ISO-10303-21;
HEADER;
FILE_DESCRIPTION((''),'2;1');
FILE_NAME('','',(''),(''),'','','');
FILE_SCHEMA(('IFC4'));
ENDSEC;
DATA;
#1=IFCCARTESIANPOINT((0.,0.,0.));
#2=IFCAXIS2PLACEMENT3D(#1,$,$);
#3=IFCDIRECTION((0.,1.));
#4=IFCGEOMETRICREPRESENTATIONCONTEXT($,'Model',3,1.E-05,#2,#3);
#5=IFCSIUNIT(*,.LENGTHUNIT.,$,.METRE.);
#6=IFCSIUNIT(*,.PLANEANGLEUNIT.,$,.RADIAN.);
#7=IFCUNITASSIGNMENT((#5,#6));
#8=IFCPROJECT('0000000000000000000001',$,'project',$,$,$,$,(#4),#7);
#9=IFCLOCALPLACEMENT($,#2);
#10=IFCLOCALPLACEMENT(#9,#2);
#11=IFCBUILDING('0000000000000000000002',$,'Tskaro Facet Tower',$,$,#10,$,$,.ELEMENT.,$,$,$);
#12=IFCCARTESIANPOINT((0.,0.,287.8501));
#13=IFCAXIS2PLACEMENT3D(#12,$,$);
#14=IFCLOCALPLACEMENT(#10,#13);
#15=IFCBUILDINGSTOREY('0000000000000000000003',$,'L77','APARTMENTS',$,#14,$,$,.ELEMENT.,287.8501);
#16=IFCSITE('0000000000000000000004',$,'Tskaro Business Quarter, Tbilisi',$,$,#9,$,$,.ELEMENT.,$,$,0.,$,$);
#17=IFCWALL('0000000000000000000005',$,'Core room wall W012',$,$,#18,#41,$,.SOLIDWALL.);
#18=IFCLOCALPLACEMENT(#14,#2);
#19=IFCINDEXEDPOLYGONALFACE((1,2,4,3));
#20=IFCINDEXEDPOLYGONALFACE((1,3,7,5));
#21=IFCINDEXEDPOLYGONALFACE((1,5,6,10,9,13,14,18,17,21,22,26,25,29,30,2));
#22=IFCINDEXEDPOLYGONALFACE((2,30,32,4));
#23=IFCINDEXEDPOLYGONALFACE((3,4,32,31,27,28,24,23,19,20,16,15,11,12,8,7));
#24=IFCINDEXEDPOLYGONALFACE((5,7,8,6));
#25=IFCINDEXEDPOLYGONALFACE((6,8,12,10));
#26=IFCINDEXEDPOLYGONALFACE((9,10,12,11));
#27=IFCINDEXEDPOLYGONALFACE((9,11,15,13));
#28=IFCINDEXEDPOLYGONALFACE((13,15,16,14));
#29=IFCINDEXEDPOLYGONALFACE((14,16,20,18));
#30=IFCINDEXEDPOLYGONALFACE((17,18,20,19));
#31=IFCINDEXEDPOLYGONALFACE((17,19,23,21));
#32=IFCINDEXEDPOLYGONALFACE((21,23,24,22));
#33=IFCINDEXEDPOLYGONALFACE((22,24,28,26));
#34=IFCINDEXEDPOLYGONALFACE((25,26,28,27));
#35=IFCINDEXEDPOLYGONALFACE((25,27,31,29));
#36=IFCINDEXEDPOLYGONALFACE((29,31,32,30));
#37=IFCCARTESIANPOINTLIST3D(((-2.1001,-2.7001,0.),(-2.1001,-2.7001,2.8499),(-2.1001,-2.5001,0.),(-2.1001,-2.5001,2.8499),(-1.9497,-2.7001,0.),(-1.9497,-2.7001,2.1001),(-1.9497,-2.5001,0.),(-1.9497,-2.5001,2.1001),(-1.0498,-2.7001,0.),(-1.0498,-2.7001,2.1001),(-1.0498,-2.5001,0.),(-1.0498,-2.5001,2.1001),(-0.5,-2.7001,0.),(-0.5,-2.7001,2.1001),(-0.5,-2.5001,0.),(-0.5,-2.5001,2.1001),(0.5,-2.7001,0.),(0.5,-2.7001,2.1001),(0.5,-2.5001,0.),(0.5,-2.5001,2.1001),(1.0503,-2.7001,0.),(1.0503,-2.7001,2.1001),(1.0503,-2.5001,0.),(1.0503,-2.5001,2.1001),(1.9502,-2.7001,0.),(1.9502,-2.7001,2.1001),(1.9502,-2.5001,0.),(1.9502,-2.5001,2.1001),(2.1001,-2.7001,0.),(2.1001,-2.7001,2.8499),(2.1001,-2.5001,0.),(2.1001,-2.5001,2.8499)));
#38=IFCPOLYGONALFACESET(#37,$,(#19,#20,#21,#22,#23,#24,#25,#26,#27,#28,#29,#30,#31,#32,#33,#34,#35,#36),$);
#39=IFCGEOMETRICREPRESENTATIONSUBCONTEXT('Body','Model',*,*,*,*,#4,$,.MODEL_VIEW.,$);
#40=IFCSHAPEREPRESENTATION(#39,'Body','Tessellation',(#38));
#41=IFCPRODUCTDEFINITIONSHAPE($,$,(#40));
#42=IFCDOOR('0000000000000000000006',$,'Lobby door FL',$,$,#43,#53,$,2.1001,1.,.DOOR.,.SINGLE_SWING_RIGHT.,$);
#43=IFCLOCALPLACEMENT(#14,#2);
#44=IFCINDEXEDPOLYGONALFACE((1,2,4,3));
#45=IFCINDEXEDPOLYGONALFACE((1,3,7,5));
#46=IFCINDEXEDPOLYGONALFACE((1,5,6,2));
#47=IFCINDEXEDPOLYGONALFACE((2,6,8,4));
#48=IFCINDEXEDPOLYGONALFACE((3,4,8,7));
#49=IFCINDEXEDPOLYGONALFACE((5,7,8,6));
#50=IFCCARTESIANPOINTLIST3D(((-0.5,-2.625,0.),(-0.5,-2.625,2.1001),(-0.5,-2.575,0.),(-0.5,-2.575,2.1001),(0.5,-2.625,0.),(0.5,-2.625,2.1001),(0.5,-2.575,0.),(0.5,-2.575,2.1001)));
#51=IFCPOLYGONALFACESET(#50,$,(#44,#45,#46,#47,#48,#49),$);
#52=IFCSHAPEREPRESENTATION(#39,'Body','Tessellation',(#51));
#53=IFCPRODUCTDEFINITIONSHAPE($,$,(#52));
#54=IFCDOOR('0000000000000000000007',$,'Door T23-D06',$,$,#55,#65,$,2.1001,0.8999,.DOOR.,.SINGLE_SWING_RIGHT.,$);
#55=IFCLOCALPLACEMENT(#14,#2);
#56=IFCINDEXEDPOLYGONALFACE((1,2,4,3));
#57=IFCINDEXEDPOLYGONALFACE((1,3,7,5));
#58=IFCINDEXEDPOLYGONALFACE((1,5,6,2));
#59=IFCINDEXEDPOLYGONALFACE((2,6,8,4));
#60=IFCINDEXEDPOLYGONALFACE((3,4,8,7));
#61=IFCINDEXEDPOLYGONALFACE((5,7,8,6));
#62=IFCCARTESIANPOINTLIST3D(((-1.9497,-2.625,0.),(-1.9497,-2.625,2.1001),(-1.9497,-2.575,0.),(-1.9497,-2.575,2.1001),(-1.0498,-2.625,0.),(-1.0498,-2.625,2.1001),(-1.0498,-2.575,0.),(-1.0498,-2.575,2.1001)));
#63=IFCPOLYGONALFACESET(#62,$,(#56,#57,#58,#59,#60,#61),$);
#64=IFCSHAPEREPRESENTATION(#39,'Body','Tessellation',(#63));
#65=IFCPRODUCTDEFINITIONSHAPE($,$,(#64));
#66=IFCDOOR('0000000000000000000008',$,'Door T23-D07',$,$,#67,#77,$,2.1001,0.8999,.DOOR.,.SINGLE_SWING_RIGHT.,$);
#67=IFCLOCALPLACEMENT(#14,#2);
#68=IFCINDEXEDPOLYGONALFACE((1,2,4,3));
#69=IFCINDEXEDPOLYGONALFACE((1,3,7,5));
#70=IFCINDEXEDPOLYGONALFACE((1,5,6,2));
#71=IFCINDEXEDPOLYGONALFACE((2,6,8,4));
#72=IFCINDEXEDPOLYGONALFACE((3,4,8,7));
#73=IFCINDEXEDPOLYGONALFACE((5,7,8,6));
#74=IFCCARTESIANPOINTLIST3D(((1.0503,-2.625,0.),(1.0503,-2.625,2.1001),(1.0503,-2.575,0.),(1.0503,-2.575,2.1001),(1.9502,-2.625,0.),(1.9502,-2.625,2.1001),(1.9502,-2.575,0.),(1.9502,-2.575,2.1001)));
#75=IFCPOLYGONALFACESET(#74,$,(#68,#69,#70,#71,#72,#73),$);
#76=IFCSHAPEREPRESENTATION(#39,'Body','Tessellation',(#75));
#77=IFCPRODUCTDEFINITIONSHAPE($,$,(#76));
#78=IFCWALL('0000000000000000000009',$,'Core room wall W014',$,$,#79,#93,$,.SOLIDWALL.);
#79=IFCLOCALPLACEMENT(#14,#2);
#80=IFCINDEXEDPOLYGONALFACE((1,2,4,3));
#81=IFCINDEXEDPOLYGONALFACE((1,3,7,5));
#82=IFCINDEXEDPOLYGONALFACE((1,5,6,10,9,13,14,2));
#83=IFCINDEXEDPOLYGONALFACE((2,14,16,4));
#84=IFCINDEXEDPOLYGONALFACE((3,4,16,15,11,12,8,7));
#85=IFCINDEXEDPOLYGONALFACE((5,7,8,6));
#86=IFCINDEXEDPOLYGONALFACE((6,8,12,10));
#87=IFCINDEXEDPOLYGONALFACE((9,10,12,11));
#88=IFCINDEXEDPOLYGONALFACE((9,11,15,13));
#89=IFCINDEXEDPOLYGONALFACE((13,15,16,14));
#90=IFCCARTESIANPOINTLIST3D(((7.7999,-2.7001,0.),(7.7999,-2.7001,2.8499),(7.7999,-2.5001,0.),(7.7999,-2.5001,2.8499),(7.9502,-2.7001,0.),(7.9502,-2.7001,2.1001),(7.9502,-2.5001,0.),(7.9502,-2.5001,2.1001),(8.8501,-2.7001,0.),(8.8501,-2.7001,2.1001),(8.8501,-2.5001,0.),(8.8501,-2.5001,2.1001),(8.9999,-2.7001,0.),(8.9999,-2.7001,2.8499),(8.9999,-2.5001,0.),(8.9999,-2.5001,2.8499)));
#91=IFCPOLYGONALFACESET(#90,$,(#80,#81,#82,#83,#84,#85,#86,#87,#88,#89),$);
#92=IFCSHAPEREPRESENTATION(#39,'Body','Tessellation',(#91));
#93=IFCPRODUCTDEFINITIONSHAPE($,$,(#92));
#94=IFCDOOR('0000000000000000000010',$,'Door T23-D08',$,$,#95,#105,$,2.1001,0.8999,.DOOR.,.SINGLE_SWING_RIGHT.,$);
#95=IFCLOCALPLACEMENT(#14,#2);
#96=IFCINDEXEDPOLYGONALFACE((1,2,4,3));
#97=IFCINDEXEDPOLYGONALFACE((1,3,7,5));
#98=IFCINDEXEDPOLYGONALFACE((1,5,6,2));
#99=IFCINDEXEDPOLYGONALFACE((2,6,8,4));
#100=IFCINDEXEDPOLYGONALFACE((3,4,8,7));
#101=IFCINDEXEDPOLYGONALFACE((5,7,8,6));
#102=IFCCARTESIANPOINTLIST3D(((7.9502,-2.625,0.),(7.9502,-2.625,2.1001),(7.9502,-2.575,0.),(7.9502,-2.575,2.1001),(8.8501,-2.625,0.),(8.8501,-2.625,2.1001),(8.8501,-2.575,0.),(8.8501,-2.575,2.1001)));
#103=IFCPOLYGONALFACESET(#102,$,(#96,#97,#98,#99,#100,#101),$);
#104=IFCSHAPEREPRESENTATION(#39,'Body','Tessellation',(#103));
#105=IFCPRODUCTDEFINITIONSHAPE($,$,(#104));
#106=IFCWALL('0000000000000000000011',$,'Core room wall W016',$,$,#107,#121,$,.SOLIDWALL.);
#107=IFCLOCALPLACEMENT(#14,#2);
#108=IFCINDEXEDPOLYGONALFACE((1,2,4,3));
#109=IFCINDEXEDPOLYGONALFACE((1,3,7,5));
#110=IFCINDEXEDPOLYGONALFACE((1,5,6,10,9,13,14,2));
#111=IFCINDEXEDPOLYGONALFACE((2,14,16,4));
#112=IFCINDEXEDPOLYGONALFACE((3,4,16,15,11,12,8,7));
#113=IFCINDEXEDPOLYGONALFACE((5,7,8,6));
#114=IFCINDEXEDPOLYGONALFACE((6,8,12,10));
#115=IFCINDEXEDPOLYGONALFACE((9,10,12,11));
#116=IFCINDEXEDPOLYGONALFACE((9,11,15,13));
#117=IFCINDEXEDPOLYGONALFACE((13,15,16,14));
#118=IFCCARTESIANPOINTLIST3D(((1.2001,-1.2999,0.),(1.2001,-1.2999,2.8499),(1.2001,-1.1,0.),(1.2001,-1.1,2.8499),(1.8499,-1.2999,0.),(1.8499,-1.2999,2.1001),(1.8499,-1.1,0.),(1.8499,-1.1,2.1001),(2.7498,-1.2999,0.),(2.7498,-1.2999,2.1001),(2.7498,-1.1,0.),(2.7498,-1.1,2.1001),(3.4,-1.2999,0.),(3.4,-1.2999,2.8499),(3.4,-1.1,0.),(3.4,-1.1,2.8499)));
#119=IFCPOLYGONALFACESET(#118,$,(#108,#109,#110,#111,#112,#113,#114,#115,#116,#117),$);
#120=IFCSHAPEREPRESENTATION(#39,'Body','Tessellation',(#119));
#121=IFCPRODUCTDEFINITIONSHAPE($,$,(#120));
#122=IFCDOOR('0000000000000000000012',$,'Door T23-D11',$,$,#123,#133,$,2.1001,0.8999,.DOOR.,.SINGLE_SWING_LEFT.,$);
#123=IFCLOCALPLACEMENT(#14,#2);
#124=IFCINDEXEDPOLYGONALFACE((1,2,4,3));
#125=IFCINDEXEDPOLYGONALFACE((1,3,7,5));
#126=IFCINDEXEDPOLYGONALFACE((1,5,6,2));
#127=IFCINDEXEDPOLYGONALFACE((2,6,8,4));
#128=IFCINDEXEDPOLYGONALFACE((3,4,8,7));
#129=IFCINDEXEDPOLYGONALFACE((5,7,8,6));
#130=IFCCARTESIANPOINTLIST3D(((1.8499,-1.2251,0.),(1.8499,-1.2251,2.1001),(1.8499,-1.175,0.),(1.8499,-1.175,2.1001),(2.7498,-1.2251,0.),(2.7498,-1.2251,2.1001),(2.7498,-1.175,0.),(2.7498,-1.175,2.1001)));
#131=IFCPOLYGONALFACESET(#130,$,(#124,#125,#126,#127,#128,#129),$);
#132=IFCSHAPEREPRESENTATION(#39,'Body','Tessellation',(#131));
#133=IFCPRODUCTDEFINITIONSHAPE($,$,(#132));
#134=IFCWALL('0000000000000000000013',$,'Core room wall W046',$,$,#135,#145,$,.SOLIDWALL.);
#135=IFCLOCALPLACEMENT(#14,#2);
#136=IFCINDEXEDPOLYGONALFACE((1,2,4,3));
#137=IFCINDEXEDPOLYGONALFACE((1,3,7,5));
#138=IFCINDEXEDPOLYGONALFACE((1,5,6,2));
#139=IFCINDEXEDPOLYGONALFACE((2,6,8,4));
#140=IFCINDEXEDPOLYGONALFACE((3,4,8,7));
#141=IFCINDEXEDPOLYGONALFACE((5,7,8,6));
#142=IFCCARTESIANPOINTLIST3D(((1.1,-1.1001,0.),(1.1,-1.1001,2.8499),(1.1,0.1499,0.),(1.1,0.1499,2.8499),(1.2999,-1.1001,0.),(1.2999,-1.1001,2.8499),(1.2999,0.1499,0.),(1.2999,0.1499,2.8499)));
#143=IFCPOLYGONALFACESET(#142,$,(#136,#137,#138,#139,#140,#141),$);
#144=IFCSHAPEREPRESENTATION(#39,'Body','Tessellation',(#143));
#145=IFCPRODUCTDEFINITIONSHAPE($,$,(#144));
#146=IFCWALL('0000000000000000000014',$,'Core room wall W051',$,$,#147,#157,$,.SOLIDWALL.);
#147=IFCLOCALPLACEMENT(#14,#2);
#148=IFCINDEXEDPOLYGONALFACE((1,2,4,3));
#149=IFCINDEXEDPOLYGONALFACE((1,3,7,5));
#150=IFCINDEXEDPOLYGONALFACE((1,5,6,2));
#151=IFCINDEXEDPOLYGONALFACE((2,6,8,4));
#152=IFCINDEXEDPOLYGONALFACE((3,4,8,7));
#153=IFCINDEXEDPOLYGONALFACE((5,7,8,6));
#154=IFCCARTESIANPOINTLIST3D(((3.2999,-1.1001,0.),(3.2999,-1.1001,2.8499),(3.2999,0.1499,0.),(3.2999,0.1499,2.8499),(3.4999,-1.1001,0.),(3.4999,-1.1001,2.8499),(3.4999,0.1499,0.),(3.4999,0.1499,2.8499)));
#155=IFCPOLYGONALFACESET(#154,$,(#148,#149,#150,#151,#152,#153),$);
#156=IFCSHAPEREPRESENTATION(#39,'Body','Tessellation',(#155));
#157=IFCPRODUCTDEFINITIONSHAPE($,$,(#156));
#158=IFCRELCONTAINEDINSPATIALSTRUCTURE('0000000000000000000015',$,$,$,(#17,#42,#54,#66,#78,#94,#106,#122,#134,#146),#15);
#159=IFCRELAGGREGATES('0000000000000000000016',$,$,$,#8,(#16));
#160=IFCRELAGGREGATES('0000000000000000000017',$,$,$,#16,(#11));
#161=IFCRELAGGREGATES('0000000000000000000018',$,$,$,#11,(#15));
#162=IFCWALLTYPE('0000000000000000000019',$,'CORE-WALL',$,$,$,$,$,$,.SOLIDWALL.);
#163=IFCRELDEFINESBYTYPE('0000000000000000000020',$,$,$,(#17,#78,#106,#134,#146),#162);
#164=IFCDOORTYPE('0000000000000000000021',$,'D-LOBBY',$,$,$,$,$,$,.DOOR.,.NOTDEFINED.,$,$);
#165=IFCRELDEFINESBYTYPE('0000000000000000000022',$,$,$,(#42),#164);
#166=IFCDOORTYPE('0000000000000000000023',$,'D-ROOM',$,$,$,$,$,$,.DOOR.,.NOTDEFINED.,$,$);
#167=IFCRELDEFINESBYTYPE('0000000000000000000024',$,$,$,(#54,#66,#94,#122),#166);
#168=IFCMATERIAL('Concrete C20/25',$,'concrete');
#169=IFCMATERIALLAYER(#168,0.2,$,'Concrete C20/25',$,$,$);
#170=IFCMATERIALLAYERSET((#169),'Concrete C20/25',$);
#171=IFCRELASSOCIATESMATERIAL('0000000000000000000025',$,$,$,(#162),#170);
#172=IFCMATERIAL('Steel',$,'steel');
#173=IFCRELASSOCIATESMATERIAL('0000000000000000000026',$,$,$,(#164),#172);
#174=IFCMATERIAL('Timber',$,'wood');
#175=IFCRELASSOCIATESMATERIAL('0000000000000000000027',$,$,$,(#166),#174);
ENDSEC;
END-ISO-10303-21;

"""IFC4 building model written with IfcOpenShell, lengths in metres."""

from ifc_helpers import new_model, si_unit, direction, frame, frame_2d, origin, place, context, subcontext, project, spatial, rectangle, extrude, material, layer, layer_set, type_object, element, fill, save


model = new_model("IFC4")

# Units and contexts
model_context = context("Model", 3, precision=1e-05, world=origin(), true_north=direction((0.0, 1.0)))
body_context = subcontext(model_context, "Body", "Model", "MODEL_VIEW")
ifc_project = project(units=[si_unit("LENGTHUNIT", "METRE"), si_unit("PLANEANGLEUNIT", "RADIAN")], contexts=[model_context])

# Site, building, storey
site_placement = place(None, origin())
site = spatial("IfcSite", under=ifc_project, at=site_placement, Name="Tskaro Business Quarter, Tbilisi", CompositionType="ELEMENT", RefElevation=0.0)
building_placement = place(site_placement, origin())
building = spatial("IfcBuilding", under=site, at=building_placement, Name="Tskaro Facet Tower", CompositionType="ELEMENT")
storey_placement = place(building_placement, frame((0.0, 0.0, 287.8501)))
storey = spatial("IfcBuildingStorey", under=building, at=storey_placement, Name="L77", Description="APARTMENTS", CompositionType="ELEMENT", Elevation=287.8501)

# Wall, openings, doors
ifc_material_1 = material(Name="Concrete C20/25", Category="concrete")
ifc_layer_1 = layer(ifc_material_1, 0.2, Name="Concrete C20/25")
ifc_layer_set_1 = layer_set([ifc_layer_1], Name="Concrete C20/25")
wall_type_1 = type_object("IfcWallType", Name="CORE-WALL", PredefinedType="SOLIDWALL", material=ifc_layer_set_1)
wall_1_placement = place(storey_placement, frame((2.1001, -2.6001, 0.0), z_axis=(0.0, 0.0, 1.0), x_axis=(-1.0, 0.0, 0.0)))
wall_1 = element("IfcWall", 1, at=wall_1_placement, inside=storey, type_object=wall_type_1, Name="Core room wall W012", PredefinedType="SOLIDWALL", context=body_context, shape_type="SweptSolid", body=[
    extrude(rectangle(XDim=4.2002, YDim=0.2, at=frame_2d((2.1001, 0.0))), origin(), (0.0, 0.0, 1.0), 2.8499),
])
opening_1_placement = place(wall_1_placement, frame((1.6001, 0.0, 0.0)))
opening_1 = element("IfcOpeningElement", 2, at=opening_1_placement, cuts=wall_1, PredefinedType="OPENING", context=body_context, shape_type="SweptSolid", body=[
    extrude(rectangle(XDim=1.0, YDim=2.1001, at=frame_2d((0.5, 1.05))), frame((0.0, 0.1099, 0.0), z_axis=(0.0, -1.0, 0.0), x_axis=(1.0, 0.0, 0.0)), (0.0, 0.0, 1.0), 0.22),
])
opening_2_placement = place(wall_1_placement, frame((3.1499, 0.0, 0.0)))
opening_2 = element("IfcOpeningElement", 3, at=opening_2_placement, cuts=wall_1, PredefinedType="OPENING", context=body_context, shape_type="SweptSolid", body=[
    extrude(rectangle(XDim=0.8999, YDim=2.1001, at=frame_2d((0.45, 1.05))), frame((0.0, 0.1099, 0.0), z_axis=(0.0, -1.0, 0.0), x_axis=(1.0, 0.0, 0.0)), (0.0, 0.0, 1.0), 0.22),
])
opening_3_placement = place(wall_1_placement, frame((0.1499, 0.0, 0.0)))
opening_3 = element("IfcOpeningElement", 4, at=opening_3_placement, cuts=wall_1, PredefinedType="OPENING", context=body_context, shape_type="SweptSolid", body=[
    extrude(rectangle(XDim=0.8999, YDim=2.1001, at=frame_2d((0.45, 1.05))), frame((0.0, 0.1099, 0.0), z_axis=(0.0, -1.0, 0.0), x_axis=(1.0, 0.0, 0.0)), (0.0, 0.0, 1.0), 0.22),
])
ifc_material_2 = material(Name="Steel", Category="steel")
door_type_1 = type_object("IfcDoorType", Name="D-LOBBY", OperationType="NOTDEFINED", PredefinedType="DOOR", material=ifc_material_2)
door_1_placement = place(opening_1_placement, origin())
door_1 = element("IfcDoor", 5, at=door_1_placement, inside=storey, type_object=door_type_1, Name="Lobby door FL", OperationType="SINGLE_SWING_RIGHT", OverallHeight=2.1001, OverallWidth=1.0, PredefinedType="DOOR", context=body_context, shape_type="SweptSolid", body=[
    extrude(rectangle(XDim=1.0, YDim=2.1001, at=frame_2d((0.5, 1.05))), frame((0.0, 0.0249, 0.0), z_axis=(0.0, -1.0, 0.0), x_axis=(1.0, 0.0, 0.0)), (0.0, 0.0, 1.0), 0.05),
])
fill(opening_1, door_1)
ifc_material_3 = material(Name="Timber", Category="wood")
door_type_2 = type_object("IfcDoorType", Name="D-ROOM", OperationType="NOTDEFINED", PredefinedType="DOOR", material=ifc_material_3)
door_2_placement = place(opening_2_placement, origin())
door_2 = element("IfcDoor", 6, at=door_2_placement, inside=storey, type_object=door_type_2, Name="Door T23-D06", OperationType="SINGLE_SWING_RIGHT", OverallHeight=2.1001, OverallWidth=0.8999, PredefinedType="DOOR", context=body_context, shape_type="SweptSolid", body=[
    extrude(rectangle(XDim=0.8999, YDim=2.1001, at=frame_2d((0.45, 1.05))), frame((0.0, 0.0249, 0.0), z_axis=(0.0, -1.0, 0.0), x_axis=(1.0, 0.0, 0.0)), (0.0, 0.0, 1.0), 0.05),
])
fill(opening_2, door_2)
door_3_placement = place(opening_3_placement, origin())
door_3 = element("IfcDoor", 7, at=door_3_placement, inside=storey, type_object=door_type_2, Name="Door T23-D07", OperationType="SINGLE_SWING_RIGHT", OverallHeight=2.1001, OverallWidth=0.8999, PredefinedType="DOOR", context=body_context, shape_type="SweptSolid", body=[
    extrude(rectangle(XDim=0.8999, YDim=2.1001, at=frame_2d((0.45, 1.05))), frame((0.0, 0.0249, 0.0), z_axis=(0.0, -1.0, 0.0), x_axis=(1.0, 0.0, 0.0)), (0.0, 0.0, 1.0), 0.05),
])
fill(opening_3, door_3)

# Walls, openings, doors
wall_2_placement = place(storey_placement, frame((9.0, -2.6001, 0.0), z_axis=(0.0, 0.0, 1.0), x_axis=(-1.0, 0.0, 0.0)))
wall_2 = element("IfcWall", 8, at=wall_2_placement, inside=storey, type_object=wall_type_1, Name="Core room wall W014", PredefinedType="SOLIDWALL", context=body_context, shape_type="SweptSolid", body=[
    extrude(rectangle(XDim=1.2, YDim=0.2, at=frame_2d((0.6001, 0.0))), origin(), (0.0, 0.0, 1.0), 2.8499),
])
opening_4_placement = place(wall_2_placement, frame((0.1499, 0.0, 0.0)))
opening_4 = element("IfcOpeningElement", 9, at=opening_4_placement, cuts=wall_2, PredefinedType="OPENING", context=body_context, shape_type="SweptSolid", body=[
    extrude(rectangle(XDim=0.8999, YDim=2.1001, at=frame_2d((0.45, 1.05))), frame((0.0, 0.1099, 0.0), z_axis=(0.0, -1.0, 0.0), x_axis=(1.0, 0.0, 0.0)), (0.0, 0.0, 1.0), 0.22),
])
door_4_placement = place(opening_4_placement, origin())
door_4 = element("IfcDoor", 10, at=door_4_placement, inside=storey, type_object=door_type_2, Name="Door T23-D08", OperationType="SINGLE_SWING_RIGHT", OverallHeight=2.1001, OverallWidth=0.8999, PredefinedType="DOOR", context=body_context, shape_type="SweptSolid", body=[
    extrude(rectangle(XDim=0.8999, YDim=2.1001, at=frame_2d((0.45, 1.05))), frame((0.0, 0.0249, 0.0), z_axis=(0.0, -1.0, 0.0), x_axis=(1.0, 0.0, 0.0)), (0.0, 0.0, 1.0), 0.05),
])
fill(opening_4, door_4)
wall_3_placement = place(storey_placement, frame((1.2, -1.2, 0.0), z_axis=(0.0, 0.0, 1.0), x_axis=(1.0, 0.0, 0.0)))
wall_3 = element("IfcWall", 11, at=wall_3_placement, inside=storey, type_object=wall_type_1, Name="Core room wall W016", PredefinedType="SOLIDWALL", context=body_context, shape_type="SweptSolid", body=[
    extrude(rectangle(XDim=2.2, YDim=0.2, at=frame_2d((1.1001, 0.0))), origin(), (0.0, 0.0, 1.0), 2.8499),
])
opening_5_placement = place(wall_3_placement, frame((0.6499, 0.0, 0.0)))
opening_5 = element("IfcOpeningElement", 12, at=opening_5_placement, cuts=wall_3, PredefinedType="OPENING", context=body_context, shape_type="SweptSolid", body=[
    extrude(rectangle(XDim=0.8999, YDim=2.1001, at=frame_2d((0.45, 1.05))), frame((0.0, 0.1099, 0.0), z_axis=(0.0, -1.0, 0.0), x_axis=(1.0, 0.0, 0.0)), (0.0, 0.0, 1.0), 0.22),
])
door_5_placement = place(opening_5_placement, origin())
door_5 = element("IfcDoor", 13, at=door_5_placement, inside=storey, type_object=door_type_2, Name="Door T23-D11", OperationType="SINGLE_SWING_LEFT", OverallHeight=2.1001, OverallWidth=0.8999, PredefinedType="DOOR", context=body_context, shape_type="SweptSolid", body=[
    extrude(rectangle(XDim=0.8999, YDim=2.1001, at=frame_2d((0.45, 1.05))), frame((0.0, 0.0249, 0.0), z_axis=(0.0, -1.0, 0.0), x_axis=(1.0, 0.0, 0.0)), (0.0, 0.0, 1.0), 0.05),
])
fill(opening_5, door_5)

# Walls
for number, where, z_axis, x_axis, name in (
    (14, (1.2, -1.1001, 0.0), (0.0, 0.0, 1.0), (0.0, 1.0, 0.0), "Core room wall W046"),
    (15, (3.3999, -1.1001, 0.0), (0.0, 0.0, 1.0), (0.0, 1.0, 0.0), "Core room wall W051"),
):
    element("IfcWall", number, at=place(storey_placement, frame(where, z_axis=z_axis, x_axis=x_axis)), inside=storey, type_object=wall_type_1, Name=name, PredefinedType="SOLIDWALL", context=body_context, shape_type="SweptSolid", body=[
        extrude(rectangle(XDim=1.25, YDim=0.2, at=frame_2d((0.625, 0.0))), origin(), (0.0, 0.0, 1.0), 2.8499),
    ])

save(model, "model.ifc")
